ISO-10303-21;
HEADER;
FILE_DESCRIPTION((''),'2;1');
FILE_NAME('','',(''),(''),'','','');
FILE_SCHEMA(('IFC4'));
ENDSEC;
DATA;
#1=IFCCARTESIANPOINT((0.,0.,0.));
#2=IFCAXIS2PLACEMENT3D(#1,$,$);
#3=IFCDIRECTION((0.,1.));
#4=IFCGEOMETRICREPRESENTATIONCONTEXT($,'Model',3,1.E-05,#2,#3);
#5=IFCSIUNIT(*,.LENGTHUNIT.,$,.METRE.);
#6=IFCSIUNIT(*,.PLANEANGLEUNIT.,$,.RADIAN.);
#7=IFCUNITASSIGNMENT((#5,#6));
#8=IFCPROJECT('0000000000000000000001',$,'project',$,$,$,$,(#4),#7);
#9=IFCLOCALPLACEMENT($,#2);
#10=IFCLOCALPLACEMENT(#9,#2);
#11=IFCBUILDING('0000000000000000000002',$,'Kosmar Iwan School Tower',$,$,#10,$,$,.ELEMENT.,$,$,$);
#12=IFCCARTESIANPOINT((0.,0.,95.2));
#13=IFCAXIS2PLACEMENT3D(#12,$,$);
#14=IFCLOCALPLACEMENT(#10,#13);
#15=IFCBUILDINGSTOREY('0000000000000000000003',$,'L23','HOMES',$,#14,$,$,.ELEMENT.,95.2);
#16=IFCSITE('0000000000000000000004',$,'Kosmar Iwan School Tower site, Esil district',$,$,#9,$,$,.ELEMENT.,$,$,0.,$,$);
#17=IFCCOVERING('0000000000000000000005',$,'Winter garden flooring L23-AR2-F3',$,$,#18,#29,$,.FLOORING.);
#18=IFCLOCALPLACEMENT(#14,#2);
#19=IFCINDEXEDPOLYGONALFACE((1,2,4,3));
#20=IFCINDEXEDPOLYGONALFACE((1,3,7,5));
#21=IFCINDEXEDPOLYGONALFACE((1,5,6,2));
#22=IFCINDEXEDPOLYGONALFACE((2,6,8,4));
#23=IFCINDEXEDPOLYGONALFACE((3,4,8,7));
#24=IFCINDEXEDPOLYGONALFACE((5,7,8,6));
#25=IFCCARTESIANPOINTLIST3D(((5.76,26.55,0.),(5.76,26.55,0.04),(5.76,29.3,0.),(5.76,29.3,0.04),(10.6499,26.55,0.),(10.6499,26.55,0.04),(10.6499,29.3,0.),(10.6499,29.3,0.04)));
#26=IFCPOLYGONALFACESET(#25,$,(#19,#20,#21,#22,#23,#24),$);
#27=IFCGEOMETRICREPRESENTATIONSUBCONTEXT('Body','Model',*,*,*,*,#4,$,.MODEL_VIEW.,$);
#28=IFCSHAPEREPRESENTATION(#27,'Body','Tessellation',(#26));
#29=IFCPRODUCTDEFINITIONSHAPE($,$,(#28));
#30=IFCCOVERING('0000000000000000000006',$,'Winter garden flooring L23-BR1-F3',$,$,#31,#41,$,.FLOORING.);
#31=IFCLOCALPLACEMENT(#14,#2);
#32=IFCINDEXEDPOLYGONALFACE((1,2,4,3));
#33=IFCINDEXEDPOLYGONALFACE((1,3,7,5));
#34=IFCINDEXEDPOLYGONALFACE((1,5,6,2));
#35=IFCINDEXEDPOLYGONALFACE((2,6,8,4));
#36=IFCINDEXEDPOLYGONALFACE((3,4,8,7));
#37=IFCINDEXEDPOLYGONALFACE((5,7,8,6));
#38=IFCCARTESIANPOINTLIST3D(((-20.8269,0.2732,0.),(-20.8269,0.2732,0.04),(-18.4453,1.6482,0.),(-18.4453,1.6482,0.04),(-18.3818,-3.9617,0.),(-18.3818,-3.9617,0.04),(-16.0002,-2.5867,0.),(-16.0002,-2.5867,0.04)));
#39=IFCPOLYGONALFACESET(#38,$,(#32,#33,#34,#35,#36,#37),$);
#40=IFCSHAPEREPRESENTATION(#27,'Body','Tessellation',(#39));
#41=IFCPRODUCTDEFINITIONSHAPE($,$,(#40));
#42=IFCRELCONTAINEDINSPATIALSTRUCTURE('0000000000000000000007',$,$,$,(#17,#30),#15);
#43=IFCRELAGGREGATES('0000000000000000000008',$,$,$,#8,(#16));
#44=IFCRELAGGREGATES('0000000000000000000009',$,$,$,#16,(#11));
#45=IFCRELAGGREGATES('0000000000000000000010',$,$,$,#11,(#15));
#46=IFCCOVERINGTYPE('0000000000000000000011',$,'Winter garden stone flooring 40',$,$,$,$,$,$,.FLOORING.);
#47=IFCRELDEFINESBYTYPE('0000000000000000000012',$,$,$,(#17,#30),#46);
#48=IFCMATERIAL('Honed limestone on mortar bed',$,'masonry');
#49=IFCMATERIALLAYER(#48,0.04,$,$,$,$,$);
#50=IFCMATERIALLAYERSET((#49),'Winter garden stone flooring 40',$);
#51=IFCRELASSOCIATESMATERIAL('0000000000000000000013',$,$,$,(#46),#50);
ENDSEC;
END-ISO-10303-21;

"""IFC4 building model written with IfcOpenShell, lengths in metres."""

from ifc_helpers import new_model, si_unit, direction, frame, origin, place, context, subcontext, project, spatial, polyline, outline, extrude, material, layer, layer_set, type_object, element, save


model = new_model("IFC4")

# Units and contexts
model_context = context("Model", 3, precision=1e-05, world=origin(), true_north=direction((0.0, 1.0)))
body_context = subcontext(model_context, "Body", "Model", "MODEL_VIEW")
ifc_project = project(units=[si_unit("LENGTHUNIT", "METRE"), si_unit("PLANEANGLEUNIT", "RADIAN")], contexts=[model_context])

# Site, building, storey
site_placement = place(None, origin())
site = spatial("IfcSite", under=ifc_project, at=site_placement, Name="Kosmar Iwan School Tower site, Esil district", CompositionType="ELEMENT", RefElevation=0.0)
building_placement = place(site_placement, origin())
building = spatial("IfcBuilding", under=site, at=building_placement, Name="Kosmar Iwan School Tower", CompositionType="ELEMENT")
storey_placement = place(building_placement, frame((0.0, 0.0, 95.2)))
storey = spatial("IfcBuildingStorey", under=building, at=storey_placement, Name="L23", Description="HOMES", CompositionType="ELEMENT", Elevation=95.2)

# Coverings
ifc_material_1 = material(Name="Honed limestone on mortar bed", Category="masonry")
ifc_layer_1 = layer(ifc_material_1, 0.04)
ifc_layer_set_1 = layer_set([ifc_layer_1], Name="Winter garden stone flooring 40")
covering_type = type_object("IfcCoveringType", Name="Winter garden stone flooring 40", PredefinedType="FLOORING", material=ifc_layer_set_1)
covering_1_placement = place(storey_placement, origin())
element("IfcCovering", 1, at=covering_1_placement, inside=storey, type_object=covering_type, Name="Winter garden flooring L23-AR2-F3", PredefinedType="FLOORING", context=body_context, shape_type="SweptSolid", body=[
    extrude(outline(polyline([(5.76, 26.55), (10.6499, 26.55), (10.6499, 29.3), (5.76, 29.3), (5.76, 26.55)])), origin(), (0.0, 0.0, 1.0), 0.04),
])
covering_2_placement = place(storey_placement, origin())
element("IfcCovering", 2, at=covering_2_placement, inside=storey, type_object=covering_type, Name="Winter garden flooring L23-BR1-F3", PredefinedType="FLOORING", context=body_context, shape_type="SweptSolid", body=[
    extrude(outline(polyline([(-18.3818, -3.9617), (-16.0002, -2.5867), (-18.4453, 1.6482), (-20.8269, 0.2732), (-18.3818, -3.9617)])), origin(), (0.0, 0.0, 1.0), 0.04),
])

save(model, "model.ifc")
